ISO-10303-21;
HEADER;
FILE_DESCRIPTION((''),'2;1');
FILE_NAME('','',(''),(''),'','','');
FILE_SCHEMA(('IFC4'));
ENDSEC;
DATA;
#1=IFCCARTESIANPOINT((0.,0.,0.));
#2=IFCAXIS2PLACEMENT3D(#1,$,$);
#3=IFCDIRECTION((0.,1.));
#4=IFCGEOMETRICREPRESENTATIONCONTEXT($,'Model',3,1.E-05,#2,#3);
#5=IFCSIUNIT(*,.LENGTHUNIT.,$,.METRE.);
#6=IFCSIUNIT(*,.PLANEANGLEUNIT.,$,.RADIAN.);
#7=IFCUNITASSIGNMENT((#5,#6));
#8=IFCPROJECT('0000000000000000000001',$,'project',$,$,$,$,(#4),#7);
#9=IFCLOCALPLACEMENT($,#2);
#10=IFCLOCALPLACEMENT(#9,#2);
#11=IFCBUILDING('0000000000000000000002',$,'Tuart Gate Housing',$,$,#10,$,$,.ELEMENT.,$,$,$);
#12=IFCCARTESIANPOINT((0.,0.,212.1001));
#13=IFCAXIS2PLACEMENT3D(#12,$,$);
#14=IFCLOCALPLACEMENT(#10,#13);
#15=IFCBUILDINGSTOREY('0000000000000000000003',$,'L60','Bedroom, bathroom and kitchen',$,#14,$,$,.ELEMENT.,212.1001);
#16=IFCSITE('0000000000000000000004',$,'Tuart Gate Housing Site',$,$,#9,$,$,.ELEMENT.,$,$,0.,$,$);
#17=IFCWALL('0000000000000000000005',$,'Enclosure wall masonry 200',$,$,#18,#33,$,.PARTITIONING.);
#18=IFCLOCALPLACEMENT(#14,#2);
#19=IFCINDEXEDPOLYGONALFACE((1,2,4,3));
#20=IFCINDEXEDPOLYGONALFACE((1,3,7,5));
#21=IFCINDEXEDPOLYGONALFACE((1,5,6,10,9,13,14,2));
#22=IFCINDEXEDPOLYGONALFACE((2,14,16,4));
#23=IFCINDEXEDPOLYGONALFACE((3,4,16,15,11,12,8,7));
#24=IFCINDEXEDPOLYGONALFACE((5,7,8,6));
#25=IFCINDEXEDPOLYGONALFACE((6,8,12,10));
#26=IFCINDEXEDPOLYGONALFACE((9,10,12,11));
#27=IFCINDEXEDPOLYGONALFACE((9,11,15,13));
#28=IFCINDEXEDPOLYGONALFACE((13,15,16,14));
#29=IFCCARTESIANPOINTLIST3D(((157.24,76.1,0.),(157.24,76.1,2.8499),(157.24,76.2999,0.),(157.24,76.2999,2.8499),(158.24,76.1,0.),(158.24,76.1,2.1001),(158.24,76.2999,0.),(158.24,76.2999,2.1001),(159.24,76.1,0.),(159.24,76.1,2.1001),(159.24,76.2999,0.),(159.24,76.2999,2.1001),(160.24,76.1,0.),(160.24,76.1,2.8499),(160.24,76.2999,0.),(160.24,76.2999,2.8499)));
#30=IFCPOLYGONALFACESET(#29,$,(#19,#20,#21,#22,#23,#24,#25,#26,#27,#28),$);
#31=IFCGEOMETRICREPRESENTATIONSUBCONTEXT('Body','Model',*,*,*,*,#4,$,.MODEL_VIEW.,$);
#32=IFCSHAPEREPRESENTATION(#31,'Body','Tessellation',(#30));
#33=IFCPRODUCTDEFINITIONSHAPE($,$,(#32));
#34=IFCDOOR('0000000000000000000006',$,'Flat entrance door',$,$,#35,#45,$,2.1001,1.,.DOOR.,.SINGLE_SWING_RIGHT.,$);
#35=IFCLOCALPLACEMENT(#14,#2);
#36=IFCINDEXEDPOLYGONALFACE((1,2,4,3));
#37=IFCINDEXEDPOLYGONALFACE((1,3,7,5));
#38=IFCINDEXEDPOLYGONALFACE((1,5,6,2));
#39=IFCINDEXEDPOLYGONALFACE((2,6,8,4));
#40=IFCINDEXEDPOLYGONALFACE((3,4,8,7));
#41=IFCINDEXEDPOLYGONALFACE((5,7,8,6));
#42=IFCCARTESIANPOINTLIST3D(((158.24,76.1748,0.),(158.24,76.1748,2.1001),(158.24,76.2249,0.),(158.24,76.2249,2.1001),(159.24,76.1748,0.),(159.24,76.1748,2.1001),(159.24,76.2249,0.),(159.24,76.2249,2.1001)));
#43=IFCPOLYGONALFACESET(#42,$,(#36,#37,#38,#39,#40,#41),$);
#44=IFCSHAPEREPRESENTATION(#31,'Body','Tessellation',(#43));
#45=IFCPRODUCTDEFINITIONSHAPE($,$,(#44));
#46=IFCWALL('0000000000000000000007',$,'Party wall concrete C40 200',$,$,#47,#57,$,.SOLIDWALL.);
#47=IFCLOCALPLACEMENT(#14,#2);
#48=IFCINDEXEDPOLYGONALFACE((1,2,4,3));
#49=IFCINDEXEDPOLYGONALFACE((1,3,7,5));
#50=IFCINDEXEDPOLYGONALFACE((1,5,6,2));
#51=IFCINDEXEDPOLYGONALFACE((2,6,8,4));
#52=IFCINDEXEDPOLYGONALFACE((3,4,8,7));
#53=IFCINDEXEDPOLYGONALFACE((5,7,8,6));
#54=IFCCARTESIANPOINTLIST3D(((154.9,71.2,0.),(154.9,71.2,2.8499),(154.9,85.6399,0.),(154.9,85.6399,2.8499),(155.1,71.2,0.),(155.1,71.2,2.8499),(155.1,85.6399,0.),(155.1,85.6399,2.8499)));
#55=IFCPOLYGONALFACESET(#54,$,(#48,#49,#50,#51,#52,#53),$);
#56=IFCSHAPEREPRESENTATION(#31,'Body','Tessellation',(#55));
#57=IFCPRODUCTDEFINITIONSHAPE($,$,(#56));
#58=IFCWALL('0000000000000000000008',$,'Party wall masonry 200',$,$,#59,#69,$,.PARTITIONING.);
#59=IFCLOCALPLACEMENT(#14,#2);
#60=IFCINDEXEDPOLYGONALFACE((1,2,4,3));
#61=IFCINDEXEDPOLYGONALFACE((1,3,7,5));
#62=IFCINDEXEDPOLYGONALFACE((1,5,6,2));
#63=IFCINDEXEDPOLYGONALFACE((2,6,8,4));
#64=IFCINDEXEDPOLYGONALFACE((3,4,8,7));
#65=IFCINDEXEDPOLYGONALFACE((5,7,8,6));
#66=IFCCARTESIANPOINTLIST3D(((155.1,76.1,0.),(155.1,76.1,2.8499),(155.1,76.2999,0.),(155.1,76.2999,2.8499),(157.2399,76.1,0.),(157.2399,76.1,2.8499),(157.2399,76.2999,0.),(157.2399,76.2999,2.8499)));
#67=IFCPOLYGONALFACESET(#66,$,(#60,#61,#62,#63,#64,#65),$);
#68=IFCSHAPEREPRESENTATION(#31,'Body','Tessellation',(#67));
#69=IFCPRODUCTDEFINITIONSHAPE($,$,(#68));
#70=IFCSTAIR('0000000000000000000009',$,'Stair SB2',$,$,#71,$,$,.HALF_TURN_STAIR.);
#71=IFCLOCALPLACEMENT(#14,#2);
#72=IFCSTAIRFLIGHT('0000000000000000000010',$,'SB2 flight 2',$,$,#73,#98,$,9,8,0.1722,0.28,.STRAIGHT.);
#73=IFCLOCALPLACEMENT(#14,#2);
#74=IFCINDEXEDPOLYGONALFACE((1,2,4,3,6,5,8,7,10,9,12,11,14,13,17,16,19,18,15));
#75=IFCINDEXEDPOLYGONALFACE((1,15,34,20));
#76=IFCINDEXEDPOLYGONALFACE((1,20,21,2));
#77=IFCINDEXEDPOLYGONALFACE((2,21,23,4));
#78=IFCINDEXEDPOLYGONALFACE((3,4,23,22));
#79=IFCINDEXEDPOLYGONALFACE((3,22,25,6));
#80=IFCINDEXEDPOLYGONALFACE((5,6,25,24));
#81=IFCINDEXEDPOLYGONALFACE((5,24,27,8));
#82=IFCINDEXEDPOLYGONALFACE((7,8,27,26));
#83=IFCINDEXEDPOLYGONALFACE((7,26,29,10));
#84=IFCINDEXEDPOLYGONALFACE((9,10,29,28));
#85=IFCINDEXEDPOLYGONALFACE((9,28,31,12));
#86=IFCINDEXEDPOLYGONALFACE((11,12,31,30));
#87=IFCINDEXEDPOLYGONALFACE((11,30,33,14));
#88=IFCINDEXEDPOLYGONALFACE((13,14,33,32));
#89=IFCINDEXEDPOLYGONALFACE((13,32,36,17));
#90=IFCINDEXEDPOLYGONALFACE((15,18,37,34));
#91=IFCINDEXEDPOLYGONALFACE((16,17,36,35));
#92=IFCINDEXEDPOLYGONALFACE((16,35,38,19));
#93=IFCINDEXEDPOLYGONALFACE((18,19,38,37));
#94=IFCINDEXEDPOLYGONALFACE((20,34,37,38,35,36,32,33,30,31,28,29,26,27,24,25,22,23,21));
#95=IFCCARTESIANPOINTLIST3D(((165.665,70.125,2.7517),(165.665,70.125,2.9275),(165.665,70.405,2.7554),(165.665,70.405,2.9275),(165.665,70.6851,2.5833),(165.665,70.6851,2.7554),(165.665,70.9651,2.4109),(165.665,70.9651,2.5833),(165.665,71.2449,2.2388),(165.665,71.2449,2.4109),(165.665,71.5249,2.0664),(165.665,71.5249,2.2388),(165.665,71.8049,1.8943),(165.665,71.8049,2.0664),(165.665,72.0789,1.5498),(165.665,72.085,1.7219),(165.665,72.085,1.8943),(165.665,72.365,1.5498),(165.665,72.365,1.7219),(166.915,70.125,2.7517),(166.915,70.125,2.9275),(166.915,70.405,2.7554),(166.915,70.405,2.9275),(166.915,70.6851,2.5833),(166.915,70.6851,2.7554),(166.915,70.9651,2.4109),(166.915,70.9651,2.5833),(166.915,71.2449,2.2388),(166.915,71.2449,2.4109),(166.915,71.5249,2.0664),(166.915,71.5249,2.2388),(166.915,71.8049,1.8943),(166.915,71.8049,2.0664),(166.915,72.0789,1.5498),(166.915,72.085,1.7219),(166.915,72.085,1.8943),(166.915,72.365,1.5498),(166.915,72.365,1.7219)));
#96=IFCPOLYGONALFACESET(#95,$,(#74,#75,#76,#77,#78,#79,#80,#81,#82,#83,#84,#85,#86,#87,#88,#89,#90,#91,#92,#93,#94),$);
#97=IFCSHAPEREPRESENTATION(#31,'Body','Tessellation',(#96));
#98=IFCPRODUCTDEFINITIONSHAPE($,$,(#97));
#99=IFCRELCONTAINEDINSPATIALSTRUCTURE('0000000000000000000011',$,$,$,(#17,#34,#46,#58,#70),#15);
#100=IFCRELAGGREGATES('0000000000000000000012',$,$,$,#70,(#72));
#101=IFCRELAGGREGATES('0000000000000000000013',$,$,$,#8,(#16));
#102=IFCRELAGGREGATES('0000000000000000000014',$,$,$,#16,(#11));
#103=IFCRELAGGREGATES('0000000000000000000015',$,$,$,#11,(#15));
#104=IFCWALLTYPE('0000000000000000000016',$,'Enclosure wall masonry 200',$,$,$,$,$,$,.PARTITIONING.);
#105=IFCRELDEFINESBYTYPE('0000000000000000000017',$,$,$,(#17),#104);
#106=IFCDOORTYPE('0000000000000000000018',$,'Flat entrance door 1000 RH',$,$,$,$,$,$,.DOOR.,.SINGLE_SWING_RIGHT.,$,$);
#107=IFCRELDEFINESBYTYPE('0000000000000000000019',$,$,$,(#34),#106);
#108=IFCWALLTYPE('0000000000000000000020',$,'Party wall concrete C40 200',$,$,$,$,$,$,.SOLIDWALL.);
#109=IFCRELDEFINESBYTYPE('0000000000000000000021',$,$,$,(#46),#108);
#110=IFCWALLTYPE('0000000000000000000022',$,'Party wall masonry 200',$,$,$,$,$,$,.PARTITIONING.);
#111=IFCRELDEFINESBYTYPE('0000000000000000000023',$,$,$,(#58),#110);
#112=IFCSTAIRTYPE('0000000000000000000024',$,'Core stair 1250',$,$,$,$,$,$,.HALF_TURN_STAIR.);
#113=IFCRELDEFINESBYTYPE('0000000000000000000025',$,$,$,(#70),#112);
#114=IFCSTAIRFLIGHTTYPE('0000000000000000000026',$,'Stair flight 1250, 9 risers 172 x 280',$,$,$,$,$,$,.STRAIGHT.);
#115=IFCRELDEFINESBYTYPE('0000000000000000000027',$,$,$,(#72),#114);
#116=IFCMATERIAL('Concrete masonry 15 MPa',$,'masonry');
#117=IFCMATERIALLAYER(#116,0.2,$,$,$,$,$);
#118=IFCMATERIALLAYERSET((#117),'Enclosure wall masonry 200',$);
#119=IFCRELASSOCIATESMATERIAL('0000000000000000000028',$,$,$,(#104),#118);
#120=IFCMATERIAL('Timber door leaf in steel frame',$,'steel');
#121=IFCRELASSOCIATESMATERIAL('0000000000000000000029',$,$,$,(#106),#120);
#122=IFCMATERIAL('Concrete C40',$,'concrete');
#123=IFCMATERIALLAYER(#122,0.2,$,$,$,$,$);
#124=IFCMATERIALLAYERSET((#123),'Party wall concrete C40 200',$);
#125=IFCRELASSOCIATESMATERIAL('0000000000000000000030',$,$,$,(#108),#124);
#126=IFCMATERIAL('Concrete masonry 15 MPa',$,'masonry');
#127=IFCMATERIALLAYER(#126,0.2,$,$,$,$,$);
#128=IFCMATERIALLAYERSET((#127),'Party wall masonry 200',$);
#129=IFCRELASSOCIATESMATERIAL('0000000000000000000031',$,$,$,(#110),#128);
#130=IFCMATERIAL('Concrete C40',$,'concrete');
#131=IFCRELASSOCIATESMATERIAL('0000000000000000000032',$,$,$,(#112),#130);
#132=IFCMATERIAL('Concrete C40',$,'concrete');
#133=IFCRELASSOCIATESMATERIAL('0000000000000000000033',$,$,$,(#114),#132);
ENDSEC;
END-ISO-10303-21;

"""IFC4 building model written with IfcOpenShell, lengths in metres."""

from ifc_helpers import new_model, si_unit, direction, frame, frame_2d, origin, place, context, subcontext, project, spatial, polyline, rectangle, outline, extrude, material, layer, layer_set, type_object, element, fill, aggregate, save


model = new_model("IFC4")

# Units and contexts
model_context = context("Model", 3, precision=1e-05, world=origin(), true_north=direction((0.0, 1.0)))
body_context = subcontext(model_context, "Body", "Model", "MODEL_VIEW")
ifc_project = project(units=[si_unit("LENGTHUNIT", "METRE"), si_unit("PLANEANGLEUNIT", "RADIAN")], contexts=[model_context])

# Site, building, storey
site_placement = place(None, origin())
site = spatial("IfcSite", under=ifc_project, at=site_placement, Name="Tuart Gate Housing Site", CompositionType="ELEMENT", RefElevation=0.0)
building_placement = place(site_placement, origin())
building = spatial("IfcBuilding", under=site, at=building_placement, Name="Tuart Gate Housing", CompositionType="ELEMENT")
storey_placement = place(building_placement, frame((0.0, 0.0, 212.1001)))
storey = spatial("IfcBuildingStorey", under=building, at=storey_placement, Name="L60", Description="Bedroom, bathroom and kitchen", CompositionType="ELEMENT", Elevation=212.1001)

# Wall, opening, door
ifc_material_1 = material(Name="Concrete masonry 15 MPa", Category="masonry")
ifc_layer_1 = layer(ifc_material_1, 0.2)
ifc_layer_set_1 = layer_set([ifc_layer_1], Name="Enclosure wall masonry 200")
wall_type_1 = type_object("IfcWallType", Name="Enclosure wall masonry 200", PredefinedType="PARTITIONING", material=ifc_layer_set_1)
wall_1_placement = place(storey_placement, frame((157.24, 76.2, 0.0), z_axis=(0.0, 0.0, 1.0), x_axis=(1.0, 0.0, 0.0)))
wall_1 = element("IfcWall", 1, at=wall_1_placement, inside=storey, type_object=wall_type_1, Name="Enclosure wall masonry 200", PredefinedType="PARTITIONING", context=body_context, shape_type="SweptSolid", body=[
    extrude(rectangle(XDim=3.0, YDim=0.2, at=frame_2d((1.5, 0.0))), origin(), (0.0, 0.0, 1.0), 2.8499),
])
opening_1_placement = place(wall_1_placement, frame((1.0, 0.0, 0.0)))
opening_1 = element("IfcOpeningElement", 2, at=opening_1_placement, cuts=wall_1, PredefinedType="OPENING", context=body_context, shape_type="SweptSolid", body=[
    extrude(rectangle(XDim=1.0, YDim=2.1001, at=frame_2d((0.5, 1.05))), frame((0.0, 0.1099, 0.0), z_axis=(0.0, -1.0, 0.0), x_axis=(1.0, 0.0, 0.0)), (0.0, 0.0, 1.0), 0.22),
])
ifc_material_2 = material(Name="Timber door leaf in steel frame", Category="steel")
door_type_1 = type_object("IfcDoorType", Name="Flat entrance door 1000 RH", OperationType="SINGLE_SWING_RIGHT", PredefinedType="DOOR", material=ifc_material_2)
door_1_placement = place(opening_1_placement, origin())
door_1 = element("IfcDoor", 3, at=door_1_placement, inside=storey, type_object=door_type_1, Name="Flat entrance door", OperationType="SINGLE_SWING_RIGHT", OverallHeight=2.1001, OverallWidth=1.0, PredefinedType="DOOR", context=body_context, shape_type="SweptSolid", body=[
    extrude(rectangle(XDim=1.0, YDim=2.1001, at=frame_2d((0.5, 1.05))), frame((0.0, 0.0249, 0.0), z_axis=(0.0, -1.0, 0.0), x_axis=(1.0, 0.0, 0.0)), (0.0, 0.0, 1.0), 0.05),
])
fill(opening_1, door_1)

# Walls
ifc_material_3 = material(Name="Concrete C40", Category="concrete")
ifc_layer_2 = layer(ifc_material_3, 0.2)
ifc_layer_set_2 = layer_set([ifc_layer_2], Name="Party wall concrete C40 200")
wall_type_2 = type_object("IfcWallType", Name="Party wall concrete C40 200", PredefinedType="SOLIDWALL", material=ifc_layer_set_2)
wall_2_placement = place(storey_placement, frame((155.0, 71.2, 0.0), z_axis=(0.0, 0.0, 1.0), x_axis=(0.0, 1.0, 0.0)))
element("IfcWall", 4, at=wall_2_placement, inside=storey, type_object=wall_type_2, Name="Party wall concrete C40 200", PredefinedType="SOLIDWALL", context=body_context, shape_type="SweptSolid", body=[
    extrude(rectangle(XDim=14.4399, YDim=0.2, at=frame_2d((7.22, 0.0))), origin(), (0.0, 0.0, 1.0), 2.8499),
])
ifc_material_4 = material(Name="Concrete masonry 15 MPa", Category="masonry")
ifc_layer_3 = layer(ifc_material_4, 0.2)
ifc_layer_set_3 = layer_set([ifc_layer_3], Name="Party wall masonry 200")
wall_type_3 = type_object("IfcWallType", Name="Party wall masonry 200", PredefinedType="PARTITIONING", material=ifc_layer_set_3)
wall_3_placement = place(storey_placement, frame((155.1001, 76.2, 0.0), z_axis=(0.0, 0.0, 1.0), x_axis=(1.0, 0.0, 0.0)))
element("IfcWall", 5, at=wall_3_placement, inside=storey, type_object=wall_type_3, Name="Party wall masonry 200", PredefinedType="PARTITIONING", context=body_context, shape_type="SweptSolid", body=[
    extrude(rectangle(XDim=2.1399, YDim=0.2, at=frame_2d((1.0698, 0.0))), origin(), (0.0, 0.0, 1.0), 2.8499),
])

# Stair, stair flight
ifc_material_5 = material(Name="Concrete C40", Category="concrete")
stair_type = type_object("IfcStairType", Name="Core stair 1250", PredefinedType="HALF_TURN_STAIR", material=ifc_material_5)
stair_placement = place(storey_placement, origin())
stair = element("IfcStair", 6, at=stair_placement, inside=storey, type_object=stair_type, Name="Stair SB2", PredefinedType="HALF_TURN_STAIR")
ifc_material_6 = material(Name="Concrete C40", Category="concrete")
stair_flight_type = type_object("IfcStairFlightType", Name="Stair flight 1250, 9 risers 172 x 280", PredefinedType="STRAIGHT", material=ifc_material_6)
stair_flight_placement = place(storey_placement, frame((166.29, 72.365, 1.5498), z_axis=(0.0, 0.0, 1.0), x_axis=(0.0, -1.0, 0.0)))
stair_flight = element("IfcStairFlight", 7, at=stair_flight_placement, type_object=stair_flight_type, Name="SB2 flight 2", NumberOfRisers=9, NumberOfTreads=8, PredefinedType="STRAIGHT", RiserHeight=0.1722, TreadLength=0.28, context=body_context, shape_type="SweptSolid", body=[
    extrude(outline(polyline([(0.0, 0.0), (0.0, 0.1721), (0.28, 0.1721), (0.28, 0.3445), (0.5601, 0.3445), (0.5601, 0.5166), (0.8401, 0.5166), (0.8401, 0.689), (1.1201, 0.689), (1.1201, 0.8611), (1.3999, 0.8611), (1.3999, 1.0334), (1.6799, 1.0334), (1.6799, 1.2056), (1.96, 1.2056), (1.96, 1.3777), (2.24, 1.3777), (2.24, 1.55), (2.24, 1.2019), (0.2861, 0.0), (0.0, 0.0)])), frame((0.0, 0.625, 0.0), z_axis=(0.0, -1.0, 0.0), x_axis=(1.0, 0.0, 0.0)), (0.0, 0.0, 1.0), 1.25),
])
aggregate(stair, [stair_flight])

save(model, "model.ifc")
